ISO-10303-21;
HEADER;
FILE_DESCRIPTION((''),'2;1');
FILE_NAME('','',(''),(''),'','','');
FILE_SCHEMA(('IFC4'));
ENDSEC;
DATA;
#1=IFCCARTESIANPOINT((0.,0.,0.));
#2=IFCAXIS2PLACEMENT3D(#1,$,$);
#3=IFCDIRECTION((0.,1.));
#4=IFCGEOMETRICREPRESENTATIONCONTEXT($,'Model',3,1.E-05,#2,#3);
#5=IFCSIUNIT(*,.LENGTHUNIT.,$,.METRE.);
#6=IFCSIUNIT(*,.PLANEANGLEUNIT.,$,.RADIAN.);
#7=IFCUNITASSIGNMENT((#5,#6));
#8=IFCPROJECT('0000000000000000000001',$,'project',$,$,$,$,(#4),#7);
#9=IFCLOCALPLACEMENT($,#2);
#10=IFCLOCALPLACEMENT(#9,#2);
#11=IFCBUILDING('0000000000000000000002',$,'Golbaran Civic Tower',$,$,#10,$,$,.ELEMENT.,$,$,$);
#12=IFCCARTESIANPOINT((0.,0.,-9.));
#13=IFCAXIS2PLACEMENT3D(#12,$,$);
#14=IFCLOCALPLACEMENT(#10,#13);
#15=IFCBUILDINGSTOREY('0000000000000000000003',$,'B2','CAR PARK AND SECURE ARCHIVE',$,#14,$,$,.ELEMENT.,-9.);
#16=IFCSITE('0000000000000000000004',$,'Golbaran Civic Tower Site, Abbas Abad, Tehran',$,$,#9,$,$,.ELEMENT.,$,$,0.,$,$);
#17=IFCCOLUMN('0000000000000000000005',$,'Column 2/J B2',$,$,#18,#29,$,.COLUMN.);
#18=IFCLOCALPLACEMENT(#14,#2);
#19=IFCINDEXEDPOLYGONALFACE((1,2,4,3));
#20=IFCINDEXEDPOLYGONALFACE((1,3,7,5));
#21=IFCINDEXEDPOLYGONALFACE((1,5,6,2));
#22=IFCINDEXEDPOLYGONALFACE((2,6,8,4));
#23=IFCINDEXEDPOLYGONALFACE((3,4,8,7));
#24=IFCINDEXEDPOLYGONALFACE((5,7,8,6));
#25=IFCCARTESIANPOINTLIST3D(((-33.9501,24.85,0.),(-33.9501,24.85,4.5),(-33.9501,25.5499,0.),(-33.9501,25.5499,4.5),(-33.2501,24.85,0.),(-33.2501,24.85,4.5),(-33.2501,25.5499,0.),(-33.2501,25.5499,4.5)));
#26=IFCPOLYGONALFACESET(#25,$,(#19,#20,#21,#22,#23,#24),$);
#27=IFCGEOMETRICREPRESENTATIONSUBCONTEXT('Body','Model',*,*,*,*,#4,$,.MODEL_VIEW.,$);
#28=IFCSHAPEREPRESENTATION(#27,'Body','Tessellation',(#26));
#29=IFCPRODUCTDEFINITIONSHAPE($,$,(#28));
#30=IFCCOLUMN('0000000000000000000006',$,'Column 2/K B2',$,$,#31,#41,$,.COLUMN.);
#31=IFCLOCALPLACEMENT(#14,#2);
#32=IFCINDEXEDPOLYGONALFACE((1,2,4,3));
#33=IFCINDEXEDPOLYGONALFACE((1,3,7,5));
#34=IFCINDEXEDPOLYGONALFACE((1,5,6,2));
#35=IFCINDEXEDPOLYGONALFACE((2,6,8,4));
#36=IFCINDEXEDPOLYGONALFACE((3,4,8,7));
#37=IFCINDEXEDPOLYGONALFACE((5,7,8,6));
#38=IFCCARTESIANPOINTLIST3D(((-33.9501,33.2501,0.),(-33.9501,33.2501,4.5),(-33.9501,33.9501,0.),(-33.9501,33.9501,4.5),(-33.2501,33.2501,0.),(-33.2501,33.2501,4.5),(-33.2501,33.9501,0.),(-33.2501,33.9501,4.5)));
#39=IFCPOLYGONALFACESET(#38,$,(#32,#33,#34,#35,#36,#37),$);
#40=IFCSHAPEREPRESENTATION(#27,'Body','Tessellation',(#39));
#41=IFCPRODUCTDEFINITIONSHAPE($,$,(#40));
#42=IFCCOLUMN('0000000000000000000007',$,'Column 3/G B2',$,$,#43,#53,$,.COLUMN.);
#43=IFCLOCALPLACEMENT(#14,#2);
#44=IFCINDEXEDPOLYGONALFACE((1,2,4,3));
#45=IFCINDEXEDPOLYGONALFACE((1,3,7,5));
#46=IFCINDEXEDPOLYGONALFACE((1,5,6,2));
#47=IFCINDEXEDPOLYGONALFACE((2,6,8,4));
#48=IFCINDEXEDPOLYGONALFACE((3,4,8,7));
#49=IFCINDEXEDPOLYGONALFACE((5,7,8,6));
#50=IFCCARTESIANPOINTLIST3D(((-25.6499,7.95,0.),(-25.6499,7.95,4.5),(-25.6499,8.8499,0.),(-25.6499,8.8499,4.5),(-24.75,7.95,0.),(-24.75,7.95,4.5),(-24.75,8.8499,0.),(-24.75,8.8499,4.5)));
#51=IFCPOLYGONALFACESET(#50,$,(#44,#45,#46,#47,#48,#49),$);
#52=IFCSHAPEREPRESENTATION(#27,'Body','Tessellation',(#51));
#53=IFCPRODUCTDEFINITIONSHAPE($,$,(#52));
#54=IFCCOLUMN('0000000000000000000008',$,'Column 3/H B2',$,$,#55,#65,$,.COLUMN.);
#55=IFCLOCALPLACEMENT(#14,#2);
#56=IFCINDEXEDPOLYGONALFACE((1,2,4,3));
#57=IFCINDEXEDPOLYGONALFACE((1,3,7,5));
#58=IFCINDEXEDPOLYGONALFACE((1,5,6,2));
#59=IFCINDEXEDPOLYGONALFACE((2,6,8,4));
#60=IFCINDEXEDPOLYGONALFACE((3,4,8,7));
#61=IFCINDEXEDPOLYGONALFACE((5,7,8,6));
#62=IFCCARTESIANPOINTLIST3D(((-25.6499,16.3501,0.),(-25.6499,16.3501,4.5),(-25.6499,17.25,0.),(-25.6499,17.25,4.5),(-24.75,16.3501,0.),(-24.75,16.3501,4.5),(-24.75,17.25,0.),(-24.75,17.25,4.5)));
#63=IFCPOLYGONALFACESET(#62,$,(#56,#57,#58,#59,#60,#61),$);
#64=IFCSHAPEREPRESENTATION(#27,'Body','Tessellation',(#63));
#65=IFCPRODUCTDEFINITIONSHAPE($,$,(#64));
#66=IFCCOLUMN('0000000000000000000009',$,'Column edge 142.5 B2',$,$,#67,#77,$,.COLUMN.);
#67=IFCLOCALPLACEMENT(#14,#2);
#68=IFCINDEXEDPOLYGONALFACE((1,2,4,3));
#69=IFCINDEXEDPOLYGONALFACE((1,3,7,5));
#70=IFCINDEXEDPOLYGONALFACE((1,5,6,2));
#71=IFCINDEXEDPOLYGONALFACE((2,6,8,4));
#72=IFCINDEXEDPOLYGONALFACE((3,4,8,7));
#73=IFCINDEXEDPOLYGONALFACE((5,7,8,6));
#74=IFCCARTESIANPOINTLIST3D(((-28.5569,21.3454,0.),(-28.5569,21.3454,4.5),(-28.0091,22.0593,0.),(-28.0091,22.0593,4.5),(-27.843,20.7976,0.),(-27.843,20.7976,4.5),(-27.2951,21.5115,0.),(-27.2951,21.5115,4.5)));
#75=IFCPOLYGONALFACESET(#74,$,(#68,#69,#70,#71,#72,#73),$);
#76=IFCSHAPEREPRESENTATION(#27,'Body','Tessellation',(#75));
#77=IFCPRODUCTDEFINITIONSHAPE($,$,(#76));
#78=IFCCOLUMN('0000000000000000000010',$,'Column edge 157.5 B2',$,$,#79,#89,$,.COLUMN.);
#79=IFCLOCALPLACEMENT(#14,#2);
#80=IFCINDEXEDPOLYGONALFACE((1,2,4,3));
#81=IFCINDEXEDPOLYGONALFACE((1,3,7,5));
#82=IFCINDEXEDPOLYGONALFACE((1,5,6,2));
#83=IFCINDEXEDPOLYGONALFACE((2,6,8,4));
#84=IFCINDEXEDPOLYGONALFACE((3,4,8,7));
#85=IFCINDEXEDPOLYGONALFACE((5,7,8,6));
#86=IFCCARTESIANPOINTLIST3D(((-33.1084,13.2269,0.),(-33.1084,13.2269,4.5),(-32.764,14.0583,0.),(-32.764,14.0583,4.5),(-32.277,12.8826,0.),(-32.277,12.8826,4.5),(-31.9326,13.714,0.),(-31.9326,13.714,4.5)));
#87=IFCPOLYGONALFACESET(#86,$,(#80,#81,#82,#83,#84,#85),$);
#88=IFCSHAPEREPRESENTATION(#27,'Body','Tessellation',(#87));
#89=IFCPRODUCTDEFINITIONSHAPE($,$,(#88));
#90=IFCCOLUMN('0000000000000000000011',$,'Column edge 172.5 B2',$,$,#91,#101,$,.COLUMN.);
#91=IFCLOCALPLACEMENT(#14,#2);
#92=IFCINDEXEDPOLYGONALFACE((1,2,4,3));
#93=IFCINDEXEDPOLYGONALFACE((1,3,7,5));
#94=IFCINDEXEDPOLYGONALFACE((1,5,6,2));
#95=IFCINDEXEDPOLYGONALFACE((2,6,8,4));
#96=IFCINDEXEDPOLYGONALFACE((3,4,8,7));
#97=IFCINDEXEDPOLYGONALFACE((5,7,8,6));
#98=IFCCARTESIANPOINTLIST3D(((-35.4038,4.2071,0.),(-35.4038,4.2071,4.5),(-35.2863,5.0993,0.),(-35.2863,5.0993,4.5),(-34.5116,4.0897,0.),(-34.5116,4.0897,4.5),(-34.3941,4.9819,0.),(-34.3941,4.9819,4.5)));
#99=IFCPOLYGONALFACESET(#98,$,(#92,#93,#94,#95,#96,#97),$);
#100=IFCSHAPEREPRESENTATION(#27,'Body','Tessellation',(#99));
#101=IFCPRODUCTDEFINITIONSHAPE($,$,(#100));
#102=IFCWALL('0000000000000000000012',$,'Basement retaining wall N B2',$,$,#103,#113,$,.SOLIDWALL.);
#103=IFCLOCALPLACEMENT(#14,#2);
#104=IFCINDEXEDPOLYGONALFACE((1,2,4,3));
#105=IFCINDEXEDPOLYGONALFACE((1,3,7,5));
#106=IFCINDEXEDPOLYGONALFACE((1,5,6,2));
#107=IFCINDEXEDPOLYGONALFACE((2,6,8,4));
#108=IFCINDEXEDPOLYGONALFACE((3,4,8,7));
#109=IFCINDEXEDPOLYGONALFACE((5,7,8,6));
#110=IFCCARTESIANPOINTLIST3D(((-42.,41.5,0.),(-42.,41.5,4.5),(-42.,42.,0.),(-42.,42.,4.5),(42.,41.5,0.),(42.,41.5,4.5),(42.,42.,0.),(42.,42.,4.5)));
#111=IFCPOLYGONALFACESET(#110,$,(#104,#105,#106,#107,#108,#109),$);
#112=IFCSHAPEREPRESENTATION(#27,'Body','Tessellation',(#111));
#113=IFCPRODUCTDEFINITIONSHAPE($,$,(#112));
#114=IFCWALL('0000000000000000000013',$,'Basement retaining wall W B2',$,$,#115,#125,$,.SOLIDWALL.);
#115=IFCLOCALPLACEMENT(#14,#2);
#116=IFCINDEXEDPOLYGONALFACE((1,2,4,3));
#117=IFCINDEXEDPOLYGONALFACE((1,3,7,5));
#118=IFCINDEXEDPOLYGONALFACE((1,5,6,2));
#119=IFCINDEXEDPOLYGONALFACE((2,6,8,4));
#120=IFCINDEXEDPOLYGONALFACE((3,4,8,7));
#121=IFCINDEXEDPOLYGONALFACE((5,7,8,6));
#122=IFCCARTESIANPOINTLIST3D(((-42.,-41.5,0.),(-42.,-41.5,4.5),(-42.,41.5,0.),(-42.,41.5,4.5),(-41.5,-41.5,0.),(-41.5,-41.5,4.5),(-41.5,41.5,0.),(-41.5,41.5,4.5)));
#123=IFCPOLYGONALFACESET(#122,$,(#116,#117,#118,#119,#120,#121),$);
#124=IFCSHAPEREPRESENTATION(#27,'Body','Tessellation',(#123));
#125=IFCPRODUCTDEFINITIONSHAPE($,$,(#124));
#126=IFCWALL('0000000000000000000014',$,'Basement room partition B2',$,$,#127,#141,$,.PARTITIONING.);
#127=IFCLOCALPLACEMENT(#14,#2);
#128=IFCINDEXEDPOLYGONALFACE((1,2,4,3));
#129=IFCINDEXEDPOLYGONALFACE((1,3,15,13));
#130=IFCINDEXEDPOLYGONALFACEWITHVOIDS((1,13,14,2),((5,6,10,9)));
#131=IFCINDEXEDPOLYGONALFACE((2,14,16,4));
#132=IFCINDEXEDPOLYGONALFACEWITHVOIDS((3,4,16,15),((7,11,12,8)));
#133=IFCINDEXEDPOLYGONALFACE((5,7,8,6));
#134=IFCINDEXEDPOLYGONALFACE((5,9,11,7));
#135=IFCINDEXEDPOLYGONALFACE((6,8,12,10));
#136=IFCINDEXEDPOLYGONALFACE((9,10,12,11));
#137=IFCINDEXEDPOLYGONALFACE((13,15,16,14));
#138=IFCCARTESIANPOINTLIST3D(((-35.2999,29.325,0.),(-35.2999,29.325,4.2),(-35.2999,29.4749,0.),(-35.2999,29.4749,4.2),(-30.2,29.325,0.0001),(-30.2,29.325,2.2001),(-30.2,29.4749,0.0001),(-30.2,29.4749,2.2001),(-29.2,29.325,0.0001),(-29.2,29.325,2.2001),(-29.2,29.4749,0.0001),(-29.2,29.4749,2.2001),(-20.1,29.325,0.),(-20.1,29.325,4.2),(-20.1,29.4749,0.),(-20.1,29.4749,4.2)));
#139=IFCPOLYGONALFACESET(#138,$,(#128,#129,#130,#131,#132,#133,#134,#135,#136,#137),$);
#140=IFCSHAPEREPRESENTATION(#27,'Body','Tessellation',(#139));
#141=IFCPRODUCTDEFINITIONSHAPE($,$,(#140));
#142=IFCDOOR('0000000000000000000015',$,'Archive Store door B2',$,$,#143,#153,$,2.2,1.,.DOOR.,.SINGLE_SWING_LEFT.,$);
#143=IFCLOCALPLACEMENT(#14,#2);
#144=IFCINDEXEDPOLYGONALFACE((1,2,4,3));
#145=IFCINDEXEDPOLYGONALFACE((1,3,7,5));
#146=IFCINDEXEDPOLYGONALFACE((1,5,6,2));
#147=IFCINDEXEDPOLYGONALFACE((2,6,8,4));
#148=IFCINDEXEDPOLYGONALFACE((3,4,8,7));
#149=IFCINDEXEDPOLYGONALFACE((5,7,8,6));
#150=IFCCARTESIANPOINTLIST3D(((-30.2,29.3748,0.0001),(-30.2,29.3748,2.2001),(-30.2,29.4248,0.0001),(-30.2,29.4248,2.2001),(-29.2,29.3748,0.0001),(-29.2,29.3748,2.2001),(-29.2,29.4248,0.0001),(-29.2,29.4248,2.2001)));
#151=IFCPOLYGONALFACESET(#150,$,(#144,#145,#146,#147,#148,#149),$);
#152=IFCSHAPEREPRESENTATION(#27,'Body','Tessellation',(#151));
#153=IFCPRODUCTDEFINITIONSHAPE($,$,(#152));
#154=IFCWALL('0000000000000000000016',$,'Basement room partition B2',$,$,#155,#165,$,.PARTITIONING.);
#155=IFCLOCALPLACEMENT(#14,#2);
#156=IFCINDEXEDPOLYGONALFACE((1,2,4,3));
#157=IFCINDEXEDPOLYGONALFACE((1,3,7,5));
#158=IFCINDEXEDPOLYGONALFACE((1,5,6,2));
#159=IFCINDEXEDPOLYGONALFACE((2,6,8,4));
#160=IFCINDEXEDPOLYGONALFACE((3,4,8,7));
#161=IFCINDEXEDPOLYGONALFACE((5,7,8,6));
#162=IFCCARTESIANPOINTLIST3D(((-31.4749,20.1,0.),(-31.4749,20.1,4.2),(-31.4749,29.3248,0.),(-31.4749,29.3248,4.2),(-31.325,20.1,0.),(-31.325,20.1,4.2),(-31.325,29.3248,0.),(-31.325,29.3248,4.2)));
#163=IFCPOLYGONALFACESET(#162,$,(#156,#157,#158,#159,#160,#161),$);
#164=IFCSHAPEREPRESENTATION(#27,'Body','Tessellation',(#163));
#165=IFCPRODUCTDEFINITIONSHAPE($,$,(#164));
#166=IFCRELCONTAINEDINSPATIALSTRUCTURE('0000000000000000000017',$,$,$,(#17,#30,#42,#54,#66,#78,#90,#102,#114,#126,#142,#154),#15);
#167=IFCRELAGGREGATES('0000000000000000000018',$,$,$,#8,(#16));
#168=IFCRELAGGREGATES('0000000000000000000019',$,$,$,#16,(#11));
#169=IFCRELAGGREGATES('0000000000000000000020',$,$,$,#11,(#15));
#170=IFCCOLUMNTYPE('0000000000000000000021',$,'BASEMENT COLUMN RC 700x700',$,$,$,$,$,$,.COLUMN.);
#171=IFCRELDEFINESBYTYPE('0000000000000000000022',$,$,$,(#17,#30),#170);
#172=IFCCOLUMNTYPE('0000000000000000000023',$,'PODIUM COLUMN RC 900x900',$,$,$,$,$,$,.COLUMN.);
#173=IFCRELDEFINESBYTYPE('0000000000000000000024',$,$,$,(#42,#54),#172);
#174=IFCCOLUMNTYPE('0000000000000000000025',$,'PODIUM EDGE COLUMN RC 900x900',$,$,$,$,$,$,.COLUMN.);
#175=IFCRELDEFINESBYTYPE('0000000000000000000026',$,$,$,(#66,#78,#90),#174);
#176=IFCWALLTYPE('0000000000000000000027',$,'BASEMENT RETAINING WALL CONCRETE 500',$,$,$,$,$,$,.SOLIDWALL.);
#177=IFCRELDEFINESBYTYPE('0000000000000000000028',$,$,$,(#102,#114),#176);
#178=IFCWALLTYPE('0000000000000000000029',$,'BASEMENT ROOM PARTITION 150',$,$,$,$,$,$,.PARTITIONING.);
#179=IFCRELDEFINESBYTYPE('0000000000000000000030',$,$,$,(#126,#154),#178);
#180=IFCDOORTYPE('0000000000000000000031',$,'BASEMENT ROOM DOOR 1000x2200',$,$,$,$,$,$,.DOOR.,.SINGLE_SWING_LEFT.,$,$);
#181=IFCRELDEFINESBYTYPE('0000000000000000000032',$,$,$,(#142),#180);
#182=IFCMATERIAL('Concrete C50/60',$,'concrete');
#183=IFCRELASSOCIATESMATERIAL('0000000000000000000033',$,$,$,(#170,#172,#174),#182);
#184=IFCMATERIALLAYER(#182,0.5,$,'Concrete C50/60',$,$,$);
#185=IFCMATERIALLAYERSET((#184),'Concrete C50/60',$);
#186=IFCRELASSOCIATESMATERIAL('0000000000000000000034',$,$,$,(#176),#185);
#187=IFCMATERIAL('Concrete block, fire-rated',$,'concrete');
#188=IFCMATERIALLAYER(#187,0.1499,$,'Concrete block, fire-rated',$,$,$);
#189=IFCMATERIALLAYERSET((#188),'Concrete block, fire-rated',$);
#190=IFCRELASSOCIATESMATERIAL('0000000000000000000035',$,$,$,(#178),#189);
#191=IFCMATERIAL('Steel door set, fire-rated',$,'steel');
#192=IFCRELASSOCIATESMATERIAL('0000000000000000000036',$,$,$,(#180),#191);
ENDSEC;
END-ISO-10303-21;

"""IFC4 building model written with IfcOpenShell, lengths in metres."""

from ifc_helpers import new_model, si_unit, direction, frame, frame_2d, origin, origin_2d, place, context, subcontext, project, spatial, rectangle, extrude, material, layer, layer_set, material_profile, profile_set, type_object, element, fill, save


model = new_model("IFC4")

# Units and contexts
model_context = context("Model", 3, precision=1e-05, world=origin(), true_north=direction((0.0, 1.0)))
body_context = subcontext(model_context, "Body", "Model", "MODEL_VIEW")
ifc_project = project(units=[si_unit("LENGTHUNIT", "METRE"), si_unit("PLANEANGLEUNIT", "RADIAN")], contexts=[model_context])

# Site, building, storey
site_placement = place(None, origin())
site = spatial("IfcSite", under=ifc_project, at=site_placement, Name="Golbaran Civic Tower Site, Abbas Abad, Tehran", CompositionType="ELEMENT", RefElevation=0.0)
building_placement = place(site_placement, origin())
building = spatial("IfcBuilding", under=site, at=building_placement, Name="Golbaran Civic Tower", CompositionType="ELEMENT")
storey_placement = place(building_placement, frame((0.0, 0.0, -9.0)))
storey = spatial("IfcBuildingStorey", under=building, at=storey_placement, Name="B2", Description="CAR PARK AND SECURE ARCHIVE", CompositionType="ELEMENT", Elevation=-9.0)

# Columns
ifc_material_1 = material(Name="Concrete C50/60", Category="concrete")
ifc_material_profile_1 = material_profile(ifc_material_1, rectangle(XDim=0.7, YDim=0.7, at=origin_2d()), Name="RC 700x700")
ifc_profile_set_1 = profile_set([ifc_material_profile_1], Name="Concrete C50/60")
column_type_1 = type_object("IfcColumnType", Name="BASEMENT COLUMN RC 700x700", PredefinedType="COLUMN", material=ifc_profile_set_1)
for number, where, z_axis, x_axis, name in (
    (1, (-33.6001, 25.2, 0.0), (0.0, 0.0, 1.0), (1.0, 0.0, 0.0), "Column 2/J B2"),
    (2, (-33.6001, 33.6001, 0.0), (0.0, 0.0, 1.0), (1.0, 0.0, 0.0), "Column 2/K B2"),
):
    element("IfcColumn", number, at=place(storey_placement, frame(where, z_axis=z_axis, x_axis=x_axis)), inside=storey, type_object=column_type_1, Name=name, PredefinedType="COLUMN", context=body_context, shape_type="SweptSolid", body=[
        extrude(rectangle(XDim=0.7, YDim=0.7, at=origin_2d()), origin(), (0.0, 0.0, 1.0), 4.5),
    ])
ifc_material_profile_2 = material_profile(ifc_material_1, rectangle(XDim=0.8999, YDim=0.8999, at=origin_2d()), Name="RC 900x900")
ifc_profile_set_2 = profile_set([ifc_material_profile_2], Name="Concrete C50/60")
column_type_2 = type_object("IfcColumnType", Name="PODIUM COLUMN RC 900x900", PredefinedType="COLUMN", material=ifc_profile_set_2)
for number, where, z_axis, x_axis, name in (
    (3, (-25.2, 8.3999, 0.0), (0.0, 0.0, 1.0), (1.0, 0.0, 0.0), "Column 3/G B2"),
    (4, (-25.2, 16.8, 0.0), (0.0, 0.0, 1.0), (1.0, 0.0, 0.0), "Column 3/H B2"),
):
    element("IfcColumn", number, at=place(storey_placement, frame(where, z_axis=z_axis, x_axis=x_axis)), inside=storey, type_object=column_type_2, Name=name, PredefinedType="COLUMN", context=body_context, shape_type="SweptSolid", body=[
        extrude(rectangle(XDim=0.8999, YDim=0.8999, at=origin_2d()), origin(), (0.0, 0.0, 1.0), 4.5),
    ])
ifc_material_profile_3 = material_profile(ifc_material_1, rectangle(XDim=0.8999, YDim=0.8999, at=origin_2d()), Name="RC 900x900")
ifc_profile_set_3 = profile_set([ifc_material_profile_3], Name="Concrete C50/60")
column_type_3 = type_object("IfcColumnType", Name="PODIUM EDGE COLUMN RC 900x900", PredefinedType="COLUMN", material=ifc_profile_set_3)
for number, where, z_axis, x_axis, name in (
    (5, (-27.926, 21.4285, 0.0), (0.0, 0.0, 1.0), (-0.793353, 0.608761, 0.0), "Column edge 142.5 B2"),
    (6, (-32.5205, 13.4705, 0.0), (0.0, 0.0, 1.0), (-0.92388, 0.382683, 0.0), "Column edge 157.5 B2"),
    (7, (-34.8989, 4.5945, 0.0), (0.0, 0.0, 1.0), (-0.991445, 0.130526, 0.0), "Column edge 172.5 B2"),
):
    element("IfcColumn", number, at=place(storey_placement, frame(where, z_axis=z_axis, x_axis=x_axis)), inside=storey, type_object=column_type_3, Name=name, PredefinedType="COLUMN", context=body_context, shape_type="SweptSolid", body=[
        extrude(rectangle(XDim=0.8999, YDim=0.8999, at=origin_2d()), origin(), (0.0, 0.0, 1.0), 4.5),
    ])

# Walls
ifc_layer_1 = layer(ifc_material_1, 0.5, Name="Concrete C50/60")
ifc_layer_set_1 = layer_set([ifc_layer_1], Name="Concrete C50/60")
wall_type_1 = type_object("IfcWallType", Name="BASEMENT RETAINING WALL CONCRETE 500", PredefinedType="SOLIDWALL", material=ifc_layer_set_1)
wall_1_placement = place(storey_placement, frame((-42.0, 41.75, 0.0), z_axis=(0.0, 0.0, 1.0), x_axis=(1.0, 0.0, 0.0)))
element("IfcWall", 8, at=wall_1_placement, inside=storey, type_object=wall_type_1, Name="Basement retaining wall N B2", PredefinedType="SOLIDWALL", context=body_context, shape_type="SweptSolid", body=[
    extrude(rectangle(XDim=84.0, YDim=0.5, at=frame_2d((42.0, 0.0))), origin(), (0.0, 0.0, 1.0), 4.5),
])
wall_2_placement = place(storey_placement, frame((-41.75, 41.5, 0.0), z_axis=(0.0, 0.0, 1.0), x_axis=(0.0, -1.0, 0.0)))
element("IfcWall", 9, at=wall_2_placement, inside=storey, type_object=wall_type_1, Name="Basement retaining wall W B2", PredefinedType="SOLIDWALL", context=body_context, shape_type="SweptSolid", body=[
    extrude(rectangle(XDim=83.0, YDim=0.5, at=frame_2d((41.5, 0.0))), origin(), (0.0, 0.0, 1.0), 4.5),
])

# Wall, opening, door
ifc_material_2 = material(Name="Concrete block, fire-rated", Category="concrete")
ifc_layer_2 = layer(ifc_material_2, 0.1499, Name="Concrete block, fire-rated")
ifc_layer_set_2 = layer_set([ifc_layer_2], Name="Concrete block, fire-rated")
wall_type_2 = type_object("IfcWallType", Name="BASEMENT ROOM PARTITION 150", PredefinedType="PARTITIONING", material=ifc_layer_set_2)
wall_3_placement = place(storey_placement, frame((-35.3, 29.3999, 0.0), z_axis=(0.0, 0.0, 1.0), x_axis=(1.0, 0.0, 0.0)))
wall_3 = element("IfcWall", 10, at=wall_3_placement, inside=storey, type_object=wall_type_2, Name="Basement room partition B2", PredefinedType="PARTITIONING", context=body_context, shape_type="SweptSolid", body=[
    extrude(rectangle(XDim=15.2, YDim=0.1499, at=frame_2d((7.6001, 0.0))), origin(), (0.0, 0.0, 1.0), 4.2),
])
opening_1_placement = place(wall_3_placement, frame((5.1001, 0.0, 0.0)))
opening_1 = element("IfcOpeningElement", 11, at=opening_1_placement, cuts=wall_3, PredefinedType="OPENING", context=body_context, shape_type="SweptSolid", body=[
    extrude(rectangle(XDim=1.0, YDim=2.2, at=frame_2d((0.5, 1.1001))), frame((0.0, 0.085, 0.0), z_axis=(0.0, -1.0, 0.0), x_axis=(1.0, 0.0, 0.0)), (0.0, 0.0, 1.0), 0.1699),
])
ifc_material_3 = material(Name="Steel door set, fire-rated", Category="steel")
door_type_1 = type_object("IfcDoorType", Name="BASEMENT ROOM DOOR 1000x2200", OperationType="SINGLE_SWING_LEFT", PredefinedType="DOOR", material=ifc_material_3)
door_1_placement = place(opening_1_placement, origin())
door_1 = element("IfcDoor", 12, at=door_1_placement, inside=storey, type_object=door_type_1, Name="Archive Store door B2", OperationType="SINGLE_SWING_LEFT", OverallHeight=2.2, OverallWidth=1.0, PredefinedType="DOOR", context=body_context, shape_type="SweptSolid", body=[
    extrude(rectangle(XDim=1.0, YDim=2.2, at=frame_2d((0.5, 1.1001))), frame((0.0, 0.0249, 0.0), z_axis=(0.0, -1.0, 0.0), x_axis=(1.0, 0.0, 0.0)), (0.0, 0.0, 1.0), 0.05),
])
fill(opening_1, door_1)

# Wall
wall_4_placement = place(storey_placement, frame((-31.3999, 20.1001, 0.0), z_axis=(0.0, 0.0, 1.0), x_axis=(0.0, 1.0, 0.0)))
element("IfcWall", 13, at=wall_4_placement, inside=storey, type_object=wall_type_2, Name="Basement room partition B2", PredefinedType="PARTITIONING", context=body_context, shape_type="SweptSolid", body=[
    extrude(rectangle(XDim=9.2249, YDim=0.1499, at=frame_2d((4.6123, 0.0))), origin(), (0.0, 0.0, 1.0), 4.2),
])

save(model, "model.ifc")
